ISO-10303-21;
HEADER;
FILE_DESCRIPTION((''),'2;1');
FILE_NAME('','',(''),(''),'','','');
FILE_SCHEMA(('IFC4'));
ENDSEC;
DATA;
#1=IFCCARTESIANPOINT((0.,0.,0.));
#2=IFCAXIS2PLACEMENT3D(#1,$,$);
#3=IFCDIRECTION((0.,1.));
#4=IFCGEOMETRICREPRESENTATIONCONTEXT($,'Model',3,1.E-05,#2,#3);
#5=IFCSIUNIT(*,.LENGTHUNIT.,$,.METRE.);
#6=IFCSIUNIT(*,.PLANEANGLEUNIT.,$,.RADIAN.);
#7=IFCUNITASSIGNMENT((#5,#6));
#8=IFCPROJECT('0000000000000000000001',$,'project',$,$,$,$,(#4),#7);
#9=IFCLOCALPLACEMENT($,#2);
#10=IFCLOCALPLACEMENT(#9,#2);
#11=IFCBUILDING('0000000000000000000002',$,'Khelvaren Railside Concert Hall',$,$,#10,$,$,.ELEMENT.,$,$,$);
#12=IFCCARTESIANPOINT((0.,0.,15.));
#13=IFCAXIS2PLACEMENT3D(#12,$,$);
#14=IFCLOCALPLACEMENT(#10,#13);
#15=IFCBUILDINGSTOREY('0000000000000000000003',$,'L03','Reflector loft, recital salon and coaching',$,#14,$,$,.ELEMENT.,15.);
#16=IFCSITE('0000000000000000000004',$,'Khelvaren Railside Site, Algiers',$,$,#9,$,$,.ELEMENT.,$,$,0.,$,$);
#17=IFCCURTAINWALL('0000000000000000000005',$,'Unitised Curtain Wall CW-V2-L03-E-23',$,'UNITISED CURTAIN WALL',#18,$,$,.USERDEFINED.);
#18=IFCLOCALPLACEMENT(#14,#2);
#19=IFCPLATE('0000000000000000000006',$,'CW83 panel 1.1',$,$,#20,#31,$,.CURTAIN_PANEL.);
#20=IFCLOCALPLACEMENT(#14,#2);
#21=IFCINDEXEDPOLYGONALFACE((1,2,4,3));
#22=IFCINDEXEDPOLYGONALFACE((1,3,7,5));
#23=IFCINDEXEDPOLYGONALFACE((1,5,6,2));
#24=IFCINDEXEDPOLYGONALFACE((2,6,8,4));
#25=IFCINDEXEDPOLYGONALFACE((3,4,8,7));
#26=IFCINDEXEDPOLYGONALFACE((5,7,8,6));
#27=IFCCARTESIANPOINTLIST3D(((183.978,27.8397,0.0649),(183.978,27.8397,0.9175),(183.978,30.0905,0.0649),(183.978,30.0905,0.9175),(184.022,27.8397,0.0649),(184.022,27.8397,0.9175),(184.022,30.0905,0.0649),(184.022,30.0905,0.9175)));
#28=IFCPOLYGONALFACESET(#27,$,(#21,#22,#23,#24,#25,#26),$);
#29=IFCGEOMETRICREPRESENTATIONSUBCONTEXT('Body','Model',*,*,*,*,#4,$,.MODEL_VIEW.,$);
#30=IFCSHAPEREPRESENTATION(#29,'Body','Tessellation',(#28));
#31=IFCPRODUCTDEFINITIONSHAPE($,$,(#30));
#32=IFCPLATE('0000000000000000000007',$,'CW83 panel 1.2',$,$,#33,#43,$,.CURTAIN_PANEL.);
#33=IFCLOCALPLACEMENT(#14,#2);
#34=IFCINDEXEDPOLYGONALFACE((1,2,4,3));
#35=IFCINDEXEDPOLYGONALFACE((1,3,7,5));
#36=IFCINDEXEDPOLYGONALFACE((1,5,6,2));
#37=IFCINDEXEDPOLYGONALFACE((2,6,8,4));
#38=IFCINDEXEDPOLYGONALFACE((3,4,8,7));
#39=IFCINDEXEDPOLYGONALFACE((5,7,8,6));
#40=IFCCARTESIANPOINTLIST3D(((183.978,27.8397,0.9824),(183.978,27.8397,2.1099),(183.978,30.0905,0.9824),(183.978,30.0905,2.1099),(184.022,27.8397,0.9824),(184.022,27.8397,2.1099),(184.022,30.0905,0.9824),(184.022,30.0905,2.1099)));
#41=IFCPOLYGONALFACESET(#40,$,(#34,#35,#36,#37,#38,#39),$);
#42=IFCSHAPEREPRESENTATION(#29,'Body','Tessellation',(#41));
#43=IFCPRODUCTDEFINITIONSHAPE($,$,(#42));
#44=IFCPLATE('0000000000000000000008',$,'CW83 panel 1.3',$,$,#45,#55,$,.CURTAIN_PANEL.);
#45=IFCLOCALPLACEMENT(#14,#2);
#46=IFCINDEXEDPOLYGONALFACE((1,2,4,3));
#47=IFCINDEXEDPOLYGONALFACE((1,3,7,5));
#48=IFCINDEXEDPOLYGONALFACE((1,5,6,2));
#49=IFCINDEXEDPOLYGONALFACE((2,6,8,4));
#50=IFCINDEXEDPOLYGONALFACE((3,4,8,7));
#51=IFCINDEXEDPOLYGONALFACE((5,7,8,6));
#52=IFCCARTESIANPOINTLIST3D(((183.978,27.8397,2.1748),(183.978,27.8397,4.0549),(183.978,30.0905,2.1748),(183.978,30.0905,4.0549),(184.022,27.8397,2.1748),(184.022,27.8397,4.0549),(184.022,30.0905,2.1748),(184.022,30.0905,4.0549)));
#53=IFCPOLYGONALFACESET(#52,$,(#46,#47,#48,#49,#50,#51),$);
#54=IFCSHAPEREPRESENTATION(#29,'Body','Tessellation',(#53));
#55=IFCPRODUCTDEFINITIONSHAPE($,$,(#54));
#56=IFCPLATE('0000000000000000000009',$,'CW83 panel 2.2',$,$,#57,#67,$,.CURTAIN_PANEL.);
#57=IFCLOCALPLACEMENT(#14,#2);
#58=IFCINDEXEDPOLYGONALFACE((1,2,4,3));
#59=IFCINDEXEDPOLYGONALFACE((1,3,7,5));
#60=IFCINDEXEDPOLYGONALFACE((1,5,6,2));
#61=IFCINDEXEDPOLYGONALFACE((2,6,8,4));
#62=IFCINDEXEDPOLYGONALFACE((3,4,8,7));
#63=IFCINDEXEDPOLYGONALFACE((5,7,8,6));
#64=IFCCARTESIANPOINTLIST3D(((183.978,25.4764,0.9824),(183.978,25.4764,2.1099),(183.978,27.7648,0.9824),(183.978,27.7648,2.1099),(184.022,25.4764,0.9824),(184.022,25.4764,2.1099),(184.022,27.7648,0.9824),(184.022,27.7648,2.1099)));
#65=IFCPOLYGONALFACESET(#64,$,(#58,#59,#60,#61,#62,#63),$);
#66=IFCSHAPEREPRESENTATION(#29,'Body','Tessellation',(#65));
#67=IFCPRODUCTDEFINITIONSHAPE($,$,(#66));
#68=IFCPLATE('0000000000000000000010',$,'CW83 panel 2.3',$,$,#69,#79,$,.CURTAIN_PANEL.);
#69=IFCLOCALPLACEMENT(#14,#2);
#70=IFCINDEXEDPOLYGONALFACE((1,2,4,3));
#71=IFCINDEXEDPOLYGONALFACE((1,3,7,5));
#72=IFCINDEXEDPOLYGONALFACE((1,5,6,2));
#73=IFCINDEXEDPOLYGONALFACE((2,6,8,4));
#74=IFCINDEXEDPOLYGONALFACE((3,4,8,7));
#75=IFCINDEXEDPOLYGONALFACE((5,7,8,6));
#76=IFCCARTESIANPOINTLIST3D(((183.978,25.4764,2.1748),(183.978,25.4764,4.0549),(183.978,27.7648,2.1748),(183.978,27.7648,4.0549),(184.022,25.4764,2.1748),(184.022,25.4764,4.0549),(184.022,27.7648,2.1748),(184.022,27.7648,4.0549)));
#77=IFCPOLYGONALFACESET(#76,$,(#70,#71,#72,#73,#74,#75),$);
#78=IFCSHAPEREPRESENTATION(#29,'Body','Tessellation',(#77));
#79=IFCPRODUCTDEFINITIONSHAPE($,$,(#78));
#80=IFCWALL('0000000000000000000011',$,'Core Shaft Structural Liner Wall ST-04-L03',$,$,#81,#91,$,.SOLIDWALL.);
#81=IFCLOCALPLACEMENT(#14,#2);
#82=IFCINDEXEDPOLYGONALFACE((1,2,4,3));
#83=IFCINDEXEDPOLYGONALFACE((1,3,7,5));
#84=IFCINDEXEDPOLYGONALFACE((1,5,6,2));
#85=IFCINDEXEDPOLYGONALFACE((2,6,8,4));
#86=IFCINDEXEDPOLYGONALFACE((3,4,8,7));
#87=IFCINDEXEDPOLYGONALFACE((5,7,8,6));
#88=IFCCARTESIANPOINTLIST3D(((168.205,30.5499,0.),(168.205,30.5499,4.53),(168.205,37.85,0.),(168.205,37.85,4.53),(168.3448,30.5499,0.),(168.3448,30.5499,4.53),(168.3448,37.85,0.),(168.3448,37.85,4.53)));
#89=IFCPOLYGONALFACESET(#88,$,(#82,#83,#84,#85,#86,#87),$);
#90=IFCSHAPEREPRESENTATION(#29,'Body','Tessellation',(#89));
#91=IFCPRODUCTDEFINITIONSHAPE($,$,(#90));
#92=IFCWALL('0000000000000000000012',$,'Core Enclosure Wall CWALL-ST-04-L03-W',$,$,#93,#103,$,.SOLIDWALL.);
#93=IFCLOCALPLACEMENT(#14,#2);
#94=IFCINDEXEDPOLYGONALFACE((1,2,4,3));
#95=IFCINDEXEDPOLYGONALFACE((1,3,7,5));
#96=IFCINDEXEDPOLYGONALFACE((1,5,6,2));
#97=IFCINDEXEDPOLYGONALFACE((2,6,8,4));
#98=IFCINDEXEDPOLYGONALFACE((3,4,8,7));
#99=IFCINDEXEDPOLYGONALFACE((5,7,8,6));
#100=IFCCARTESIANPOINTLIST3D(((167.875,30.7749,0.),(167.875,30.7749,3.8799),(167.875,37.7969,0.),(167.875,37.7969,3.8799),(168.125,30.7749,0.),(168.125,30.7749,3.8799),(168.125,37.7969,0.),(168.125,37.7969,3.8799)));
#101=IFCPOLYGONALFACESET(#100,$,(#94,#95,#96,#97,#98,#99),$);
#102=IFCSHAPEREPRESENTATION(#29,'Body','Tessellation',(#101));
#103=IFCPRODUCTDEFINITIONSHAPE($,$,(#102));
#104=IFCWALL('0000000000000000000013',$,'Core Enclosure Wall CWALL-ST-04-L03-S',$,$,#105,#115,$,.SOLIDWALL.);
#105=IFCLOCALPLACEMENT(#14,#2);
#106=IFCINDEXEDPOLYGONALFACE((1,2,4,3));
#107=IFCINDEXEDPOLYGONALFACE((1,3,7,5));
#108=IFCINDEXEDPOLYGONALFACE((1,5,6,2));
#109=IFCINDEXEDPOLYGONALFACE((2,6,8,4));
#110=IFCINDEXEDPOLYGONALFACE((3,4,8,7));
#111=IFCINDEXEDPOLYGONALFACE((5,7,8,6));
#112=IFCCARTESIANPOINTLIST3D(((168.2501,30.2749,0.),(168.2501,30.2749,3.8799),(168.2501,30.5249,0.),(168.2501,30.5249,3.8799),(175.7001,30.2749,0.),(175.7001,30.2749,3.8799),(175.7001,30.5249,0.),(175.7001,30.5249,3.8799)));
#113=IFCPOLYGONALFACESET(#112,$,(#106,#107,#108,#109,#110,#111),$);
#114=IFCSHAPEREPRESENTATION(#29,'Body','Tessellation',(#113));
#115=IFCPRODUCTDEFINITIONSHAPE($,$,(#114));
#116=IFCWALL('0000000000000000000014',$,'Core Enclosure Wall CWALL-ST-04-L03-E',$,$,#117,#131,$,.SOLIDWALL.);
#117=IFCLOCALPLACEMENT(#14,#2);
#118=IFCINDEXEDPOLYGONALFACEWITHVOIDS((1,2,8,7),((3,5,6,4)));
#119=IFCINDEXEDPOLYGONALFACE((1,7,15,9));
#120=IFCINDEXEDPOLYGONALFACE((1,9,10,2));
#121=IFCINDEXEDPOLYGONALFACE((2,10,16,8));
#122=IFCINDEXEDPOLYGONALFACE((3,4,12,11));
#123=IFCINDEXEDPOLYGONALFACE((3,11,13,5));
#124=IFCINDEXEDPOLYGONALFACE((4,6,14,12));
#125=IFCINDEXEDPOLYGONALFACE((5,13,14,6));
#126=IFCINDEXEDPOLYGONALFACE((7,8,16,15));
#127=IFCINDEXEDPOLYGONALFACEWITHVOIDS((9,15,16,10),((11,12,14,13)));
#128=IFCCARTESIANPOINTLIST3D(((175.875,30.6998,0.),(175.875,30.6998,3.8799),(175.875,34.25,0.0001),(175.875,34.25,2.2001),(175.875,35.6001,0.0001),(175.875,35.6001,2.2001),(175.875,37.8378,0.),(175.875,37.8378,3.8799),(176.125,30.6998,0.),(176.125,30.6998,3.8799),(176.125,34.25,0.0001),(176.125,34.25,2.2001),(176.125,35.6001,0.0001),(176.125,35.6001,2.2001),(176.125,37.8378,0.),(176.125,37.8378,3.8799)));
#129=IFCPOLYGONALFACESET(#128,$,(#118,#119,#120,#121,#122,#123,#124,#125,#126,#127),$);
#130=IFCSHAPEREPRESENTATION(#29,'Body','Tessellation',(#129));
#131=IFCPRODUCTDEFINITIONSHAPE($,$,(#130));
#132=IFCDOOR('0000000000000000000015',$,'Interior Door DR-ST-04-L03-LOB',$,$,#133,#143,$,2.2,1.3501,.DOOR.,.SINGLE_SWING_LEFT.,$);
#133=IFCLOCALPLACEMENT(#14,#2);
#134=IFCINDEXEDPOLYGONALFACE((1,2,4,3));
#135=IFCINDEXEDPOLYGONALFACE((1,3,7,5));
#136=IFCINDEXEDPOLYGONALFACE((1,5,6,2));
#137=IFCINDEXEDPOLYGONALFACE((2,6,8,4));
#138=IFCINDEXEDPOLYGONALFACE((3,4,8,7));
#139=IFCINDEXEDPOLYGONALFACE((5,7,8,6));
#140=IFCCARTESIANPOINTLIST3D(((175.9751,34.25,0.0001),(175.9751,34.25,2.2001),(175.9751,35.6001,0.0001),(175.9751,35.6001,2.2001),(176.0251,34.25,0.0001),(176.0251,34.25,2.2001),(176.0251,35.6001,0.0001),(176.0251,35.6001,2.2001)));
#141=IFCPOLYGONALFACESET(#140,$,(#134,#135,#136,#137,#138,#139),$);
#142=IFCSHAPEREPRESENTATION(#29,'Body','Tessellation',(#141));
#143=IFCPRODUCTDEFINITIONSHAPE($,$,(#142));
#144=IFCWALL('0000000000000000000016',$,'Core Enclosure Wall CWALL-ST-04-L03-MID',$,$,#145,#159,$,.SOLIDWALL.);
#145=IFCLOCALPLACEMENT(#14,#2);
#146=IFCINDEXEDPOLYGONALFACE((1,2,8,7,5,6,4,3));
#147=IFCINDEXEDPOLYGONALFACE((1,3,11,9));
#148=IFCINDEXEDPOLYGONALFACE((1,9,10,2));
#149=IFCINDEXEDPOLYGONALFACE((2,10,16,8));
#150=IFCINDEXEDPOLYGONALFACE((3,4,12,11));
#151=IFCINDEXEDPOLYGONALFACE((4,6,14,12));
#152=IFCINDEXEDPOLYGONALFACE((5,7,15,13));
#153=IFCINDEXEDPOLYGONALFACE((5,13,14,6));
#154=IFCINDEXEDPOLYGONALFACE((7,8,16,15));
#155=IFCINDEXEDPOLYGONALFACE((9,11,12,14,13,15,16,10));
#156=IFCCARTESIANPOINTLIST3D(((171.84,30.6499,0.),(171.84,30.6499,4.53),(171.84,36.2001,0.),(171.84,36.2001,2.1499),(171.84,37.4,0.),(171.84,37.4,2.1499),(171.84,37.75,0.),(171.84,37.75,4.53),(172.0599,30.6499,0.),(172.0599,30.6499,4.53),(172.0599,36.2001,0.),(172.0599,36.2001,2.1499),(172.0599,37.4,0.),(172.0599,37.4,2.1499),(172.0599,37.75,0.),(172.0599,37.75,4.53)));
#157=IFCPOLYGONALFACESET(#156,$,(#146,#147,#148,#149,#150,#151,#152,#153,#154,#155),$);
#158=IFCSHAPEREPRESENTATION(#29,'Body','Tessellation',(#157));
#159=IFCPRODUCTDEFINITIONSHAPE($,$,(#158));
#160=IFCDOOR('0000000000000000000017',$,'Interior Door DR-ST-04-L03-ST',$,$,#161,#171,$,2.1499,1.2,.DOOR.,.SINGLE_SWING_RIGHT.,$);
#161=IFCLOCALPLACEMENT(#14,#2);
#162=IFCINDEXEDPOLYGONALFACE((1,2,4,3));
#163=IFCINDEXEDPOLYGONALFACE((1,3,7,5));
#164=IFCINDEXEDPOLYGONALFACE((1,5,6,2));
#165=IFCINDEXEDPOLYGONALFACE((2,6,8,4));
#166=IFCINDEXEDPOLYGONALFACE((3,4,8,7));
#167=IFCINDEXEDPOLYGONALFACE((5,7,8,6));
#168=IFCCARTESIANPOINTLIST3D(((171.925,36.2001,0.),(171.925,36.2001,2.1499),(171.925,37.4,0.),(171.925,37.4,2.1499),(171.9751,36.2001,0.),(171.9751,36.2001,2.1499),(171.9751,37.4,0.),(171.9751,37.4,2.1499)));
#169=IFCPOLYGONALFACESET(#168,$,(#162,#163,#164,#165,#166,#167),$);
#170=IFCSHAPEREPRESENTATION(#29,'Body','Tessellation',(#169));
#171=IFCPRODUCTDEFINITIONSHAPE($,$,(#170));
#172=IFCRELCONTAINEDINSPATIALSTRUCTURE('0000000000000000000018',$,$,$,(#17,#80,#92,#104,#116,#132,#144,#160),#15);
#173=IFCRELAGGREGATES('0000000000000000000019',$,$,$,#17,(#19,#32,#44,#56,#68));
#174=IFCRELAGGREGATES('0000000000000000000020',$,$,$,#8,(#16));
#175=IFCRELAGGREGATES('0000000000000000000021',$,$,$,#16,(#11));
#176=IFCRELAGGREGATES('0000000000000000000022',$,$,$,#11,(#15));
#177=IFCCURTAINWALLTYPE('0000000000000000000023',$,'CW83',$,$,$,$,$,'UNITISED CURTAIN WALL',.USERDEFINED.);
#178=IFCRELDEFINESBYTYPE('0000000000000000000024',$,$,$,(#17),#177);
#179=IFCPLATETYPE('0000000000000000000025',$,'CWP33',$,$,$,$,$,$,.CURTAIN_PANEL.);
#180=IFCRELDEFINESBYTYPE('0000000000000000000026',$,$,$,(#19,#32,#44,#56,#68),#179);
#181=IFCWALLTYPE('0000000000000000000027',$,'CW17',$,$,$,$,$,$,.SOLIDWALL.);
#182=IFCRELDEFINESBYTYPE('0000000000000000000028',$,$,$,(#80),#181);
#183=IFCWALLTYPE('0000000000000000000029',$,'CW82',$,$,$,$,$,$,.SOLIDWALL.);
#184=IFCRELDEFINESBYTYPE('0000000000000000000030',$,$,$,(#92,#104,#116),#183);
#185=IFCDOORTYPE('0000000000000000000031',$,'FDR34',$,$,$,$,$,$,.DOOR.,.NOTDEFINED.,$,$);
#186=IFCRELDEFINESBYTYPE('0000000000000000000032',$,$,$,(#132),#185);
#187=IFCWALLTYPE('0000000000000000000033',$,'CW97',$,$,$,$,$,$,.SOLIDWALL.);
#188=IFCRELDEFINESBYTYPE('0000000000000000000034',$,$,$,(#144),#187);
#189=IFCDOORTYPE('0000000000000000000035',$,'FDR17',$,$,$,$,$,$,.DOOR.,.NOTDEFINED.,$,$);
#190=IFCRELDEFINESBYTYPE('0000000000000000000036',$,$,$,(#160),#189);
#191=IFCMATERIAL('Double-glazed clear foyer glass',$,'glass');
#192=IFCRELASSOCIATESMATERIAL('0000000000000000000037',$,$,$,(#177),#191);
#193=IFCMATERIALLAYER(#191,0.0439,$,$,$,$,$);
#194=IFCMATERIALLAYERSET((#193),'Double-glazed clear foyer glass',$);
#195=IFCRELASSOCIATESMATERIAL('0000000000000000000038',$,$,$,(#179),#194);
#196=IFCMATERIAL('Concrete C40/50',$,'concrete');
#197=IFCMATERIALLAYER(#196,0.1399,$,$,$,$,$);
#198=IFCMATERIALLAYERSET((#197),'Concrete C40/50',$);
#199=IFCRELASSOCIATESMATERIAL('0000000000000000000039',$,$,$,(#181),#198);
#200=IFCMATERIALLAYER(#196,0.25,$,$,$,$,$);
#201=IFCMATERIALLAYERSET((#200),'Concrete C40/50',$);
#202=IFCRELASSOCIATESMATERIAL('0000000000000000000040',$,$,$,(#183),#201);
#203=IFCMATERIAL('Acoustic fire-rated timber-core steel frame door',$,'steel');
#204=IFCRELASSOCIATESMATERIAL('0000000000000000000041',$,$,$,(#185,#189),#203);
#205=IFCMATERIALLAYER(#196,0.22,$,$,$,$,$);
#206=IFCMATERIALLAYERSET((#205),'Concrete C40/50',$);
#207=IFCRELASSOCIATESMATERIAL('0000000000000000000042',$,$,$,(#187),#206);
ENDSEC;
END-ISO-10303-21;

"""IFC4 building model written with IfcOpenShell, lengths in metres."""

from ifc_helpers import new_model, si_unit, direction, frame, frame_2d, origin, origin_2d, place, context, subcontext, project, spatial, rectangle, extrude, material, layer, layer_set, type_object, element, fill, aggregate, save


model = new_model("IFC4")

# Units and contexts
model_context = context("Model", 3, precision=1e-05, world=origin(), true_north=direction((0.0, 1.0)))
body_context = subcontext(model_context, "Body", "Model", "MODEL_VIEW")
ifc_project = project(units=[si_unit("LENGTHUNIT", "METRE"), si_unit("PLANEANGLEUNIT", "RADIAN")], contexts=[model_context])

# Site, building, storey
site_placement = place(None, origin())
site = spatial("IfcSite", under=ifc_project, at=site_placement, Name="Khelvaren Railside Site, Algiers", CompositionType="ELEMENT", RefElevation=0.0)
building_placement = place(site_placement, origin())
building = spatial("IfcBuilding", under=site, at=building_placement, Name="Khelvaren Railside Concert Hall", CompositionType="ELEMENT")
storey_placement = place(building_placement, frame((0.0, 0.0, 15.0)))
storey = spatial("IfcBuildingStorey", under=building, at=storey_placement, Name="L03", Description="Reflector loft, recital salon and coaching", CompositionType="ELEMENT", Elevation=15.0)

# Curtain wall
ifc_material_1 = material(Name="Double-glazed clear foyer glass", Category="glass")
curtain_wall_type = type_object("IfcCurtainWallType", Name="CW83", ElementType="UNITISED CURTAIN WALL", PredefinedType="USERDEFINED", material=ifc_material_1)
curtain_wall_placement = place(storey_placement, origin())
curtain_wall = element("IfcCurtainWall", 1, at=curtain_wall_placement, inside=storey, type_object=curtain_wall_type, Name="Unitised Curtain Wall CW-V2-L03-E-23", ObjectType="UNITISED CURTAIN WALL", PredefinedType="USERDEFINED")

# Shared definitions
ifc_material_2 = material(Name="Concrete C40/50", Category="concrete")

# Plates
ifc_layer_1 = layer(ifc_material_1, 0.0439)
ifc_layer_set_1 = layer_set([ifc_layer_1], Name="Double-glazed clear foyer glass")
plate_type = type_object("IfcPlateType", Name="CWP33", PredefinedType="CURTAIN_PANEL", material=ifc_layer_set_1)
plate_1_placement = place(storey_placement, frame((184.0, 28.9651, 0.0649), z_axis=(0.0, 0.0, 1.0), x_axis=(0.0, -1.0, 0.0)))
plate_1 = element("IfcPlate", 2, at=plate_1_placement, type_object=plate_type, Name="CW83 panel 1.1", PredefinedType="CURTAIN_PANEL", context=body_context, shape_type="SweptSolid", body=[
    extrude(rectangle(XDim=2.2507, YDim=0.0439, at=origin_2d()), origin(), (0.0, 0.0, 1.0), 0.8525),
])
plate_2_placement = place(storey_placement, frame((184.0, 28.9651, 0.9824), z_axis=(0.0, 0.0, 1.0), x_axis=(0.0, -1.0, 0.0)))
plate_2 = element("IfcPlate", 3, at=plate_2_placement, type_object=plate_type, Name="CW83 panel 1.2", PredefinedType="CURTAIN_PANEL", context=body_context, shape_type="SweptSolid", body=[
    extrude(rectangle(XDim=2.2507, YDim=0.0439, at=origin_2d()), origin(), (0.0, 0.0, 1.0), 1.1274),
])
plate_3_placement = place(storey_placement, frame((184.0, 28.9651, 2.1748), z_axis=(0.0, 0.0, 1.0), x_axis=(0.0, -1.0, 0.0)))
plate_3 = element("IfcPlate", 4, at=plate_3_placement, type_object=plate_type, Name="CW83 panel 1.3", PredefinedType="CURTAIN_PANEL", context=body_context, shape_type="SweptSolid", body=[
    extrude(rectangle(XDim=2.2507, YDim=0.0439, at=origin_2d()), origin(), (0.0, 0.0, 1.0), 1.8801),
])
plate_4_placement = place(storey_placement, frame((184.0, 26.6206, 0.9824), z_axis=(0.0, 0.0, 1.0), x_axis=(0.0, -1.0, 0.0)))
plate_4 = element("IfcPlate", 5, at=plate_4_placement, type_object=plate_type, Name="CW83 panel 2.2", PredefinedType="CURTAIN_PANEL", context=body_context, shape_type="SweptSolid", body=[
    extrude(rectangle(XDim=2.2883, YDim=0.0439, at=origin_2d()), origin(), (0.0, 0.0, 1.0), 1.1274),
])
plate_5_placement = place(storey_placement, frame((184.0, 26.6206, 2.1748), z_axis=(0.0, 0.0, 1.0), x_axis=(0.0, -1.0, 0.0)))
plate_5 = element("IfcPlate", 6, at=plate_5_placement, type_object=plate_type, Name="CW83 panel 2.3", PredefinedType="CURTAIN_PANEL", context=body_context, shape_type="SweptSolid", body=[
    extrude(rectangle(XDim=2.2883, YDim=0.0439, at=origin_2d()), origin(), (0.0, 0.0, 1.0), 1.8801),
])
aggregate(curtain_wall, [plate_1, plate_2, plate_3, plate_4, plate_5])

# Walls
ifc_layer_2 = layer(ifc_material_2, 0.1399)
ifc_layer_set_2 = layer_set([ifc_layer_2], Name="Concrete C40/50")
wall_type_1 = type_object("IfcWallType", Name="CW17", PredefinedType="SOLIDWALL", material=ifc_layer_set_2)
wall_1_placement = place(storey_placement, frame((168.2749, 30.55, 0.0), z_axis=(0.0, 0.0, 1.0), x_axis=(0.0, 1.0, 0.0)))
element("IfcWall", 7, at=wall_1_placement, inside=storey, type_object=wall_type_1, Name="Core Shaft Structural Liner Wall ST-04-L03", PredefinedType="SOLIDWALL", context=body_context, shape_type="SweptSolid", body=[
    extrude(rectangle(XDim=7.3, YDim=0.1399, at=frame_2d((3.6499, 0.0))), origin(), (0.0, 0.0, 1.0), 4.53),
])
ifc_layer_3 = layer(ifc_material_2, 0.25)
ifc_layer_set_3 = layer_set([ifc_layer_3], Name="Concrete C40/50")
wall_type_2 = type_object("IfcWallType", Name="CW82", PredefinedType="SOLIDWALL", material=ifc_layer_set_3)
wall_2_placement = place(storey_placement, frame((168.0, 30.7749, 0.0), z_axis=(0.0, 0.0, 1.0), x_axis=(0.0, 1.0, 0.0)))
element("IfcWall", 8, at=wall_2_placement, inside=storey, type_object=wall_type_2, Name="Core Enclosure Wall CWALL-ST-04-L03-W", PredefinedType="SOLIDWALL", context=body_context, shape_type="SweptSolid", body=[
    extrude(rectangle(XDim=7.022, YDim=0.25, at=frame_2d((3.511, 0.0))), origin(), (0.0, 0.0, 1.0), 3.8799),
])
wall_3_placement = place(storey_placement, frame((168.25, 30.3999, 0.0), z_axis=(0.0, 0.0, 1.0), x_axis=(1.0, 0.0, 0.0)))
element("IfcWall", 9, at=wall_3_placement, inside=storey, type_object=wall_type_2, Name="Core Enclosure Wall CWALL-ST-04-L03-S", PredefinedType="SOLIDWALL", context=body_context, shape_type="SweptSolid", body=[
    extrude(rectangle(XDim=7.45, YDim=0.25, at=frame_2d((3.7251, 0.0))), origin(), (0.0, 0.0, 1.0), 3.8799),
])

# Walls, openings, doors
wall_4_placement = place(storey_placement, frame((176.0, 30.7, 0.0), z_axis=(0.0, 0.0, 1.0), x_axis=(0.0, 1.0, 0.0)))
wall_4 = element("IfcWall", 10, at=wall_4_placement, inside=storey, type_object=wall_type_2, Name="Core Enclosure Wall CWALL-ST-04-L03-E", PredefinedType="SOLIDWALL", context=body_context, shape_type="SweptSolid", body=[
    extrude(rectangle(XDim=7.1379, YDim=0.25, at=frame_2d((3.5688, 0.0))), origin(), (0.0, 0.0, 1.0), 3.8799),
])
opening_1_placement = place(wall_4_placement, frame((3.55, 0.0, 0.0)))
opening_1 = element("IfcOpeningElement", 11, at=opening_1_placement, cuts=wall_4, PredefinedType="OPENING", context=body_context, shape_type="SweptSolid", body=[
    extrude(rectangle(XDim=1.3501, YDim=2.2, at=frame_2d((0.675, 1.1001))), frame((0.0, 0.135, 0.0), z_axis=(0.0, -1.0, 0.0), x_axis=(1.0, 0.0, 0.0)), (0.0, 0.0, 1.0), 0.27),
])
ifc_material_3 = material(Name="Acoustic fire-rated timber-core steel frame door", Category="steel")
door_type_1 = type_object("IfcDoorType", Name="FDR34", OperationType="NOTDEFINED", PredefinedType="DOOR", material=ifc_material_3)
door_1_placement = place(opening_1_placement, origin())
door_1 = element("IfcDoor", 12, at=door_1_placement, inside=storey, type_object=door_type_1, Name="Interior Door DR-ST-04-L03-LOB", OperationType="SINGLE_SWING_LEFT", OverallHeight=2.2, OverallWidth=1.3501, PredefinedType="DOOR", context=body_context, shape_type="SweptSolid", body=[
    extrude(rectangle(XDim=1.3501, YDim=2.2, at=frame_2d((0.675, 1.1001))), frame((0.0, 0.0249, 0.0), z_axis=(0.0, -1.0, 0.0), x_axis=(1.0, 0.0, 0.0)), (0.0, 0.0, 1.0), 0.05),
])
fill(opening_1, door_1)
ifc_layer_4 = layer(ifc_material_2, 0.22)
ifc_layer_set_4 = layer_set([ifc_layer_4], Name="Concrete C40/50")
wall_type_3 = type_object("IfcWallType", Name="CW97", PredefinedType="SOLIDWALL", material=ifc_layer_set_4)
wall_5_placement = place(storey_placement, frame((171.95, 30.6499, 0.0), z_axis=(0.0, 0.0, 1.0), x_axis=(0.0, 1.0, 0.0)))
wall_5 = element("IfcWall", 13, at=wall_5_placement, inside=storey, type_object=wall_type_3, Name="Core Enclosure Wall CWALL-ST-04-L03-MID", PredefinedType="SOLIDWALL", context=body_context, shape_type="SweptSolid", body=[
    extrude(rectangle(XDim=7.1001, YDim=0.22, at=frame_2d((3.55, 0.0))), origin(), (0.0, 0.0, 1.0), 4.53),
])
opening_2_placement = place(wall_5_placement, frame((5.55, 0.0, 0.0)))
opening_2 = element("IfcOpeningElement", 14, at=opening_2_placement, cuts=wall_5, PredefinedType="OPENING", context=body_context, shape_type="SweptSolid", body=[
    extrude(rectangle(XDim=1.2, YDim=2.1499, at=frame_2d((0.6001, 1.075))), frame((0.0, 0.1199, 0.0), z_axis=(0.0, -1.0, 0.0), x_axis=(1.0, 0.0, 0.0)), (0.0, 0.0, 1.0), 0.24),
])
door_type_2 = type_object("IfcDoorType", Name="FDR17", OperationType="NOTDEFINED", PredefinedType="DOOR", material=ifc_material_3)
door_2_placement = place(opening_2_placement, origin())
door_2 = element("IfcDoor", 15, at=door_2_placement, inside=storey, type_object=door_type_2, Name="Interior Door DR-ST-04-L03-ST", OperationType="SINGLE_SWING_RIGHT", OverallHeight=2.1499, OverallWidth=1.2, PredefinedType="DOOR", context=body_context, shape_type="SweptSolid", body=[
    extrude(rectangle(XDim=1.2, YDim=2.1499, at=frame_2d((0.6001, 1.075))), frame((0.0, 0.0249, 0.0), z_axis=(0.0, -1.0, 0.0), x_axis=(1.0, 0.0, 0.0)), (0.0, 0.0, 1.0), 0.05),
])
fill(opening_2, door_2)

save(model, "model.ifc")
